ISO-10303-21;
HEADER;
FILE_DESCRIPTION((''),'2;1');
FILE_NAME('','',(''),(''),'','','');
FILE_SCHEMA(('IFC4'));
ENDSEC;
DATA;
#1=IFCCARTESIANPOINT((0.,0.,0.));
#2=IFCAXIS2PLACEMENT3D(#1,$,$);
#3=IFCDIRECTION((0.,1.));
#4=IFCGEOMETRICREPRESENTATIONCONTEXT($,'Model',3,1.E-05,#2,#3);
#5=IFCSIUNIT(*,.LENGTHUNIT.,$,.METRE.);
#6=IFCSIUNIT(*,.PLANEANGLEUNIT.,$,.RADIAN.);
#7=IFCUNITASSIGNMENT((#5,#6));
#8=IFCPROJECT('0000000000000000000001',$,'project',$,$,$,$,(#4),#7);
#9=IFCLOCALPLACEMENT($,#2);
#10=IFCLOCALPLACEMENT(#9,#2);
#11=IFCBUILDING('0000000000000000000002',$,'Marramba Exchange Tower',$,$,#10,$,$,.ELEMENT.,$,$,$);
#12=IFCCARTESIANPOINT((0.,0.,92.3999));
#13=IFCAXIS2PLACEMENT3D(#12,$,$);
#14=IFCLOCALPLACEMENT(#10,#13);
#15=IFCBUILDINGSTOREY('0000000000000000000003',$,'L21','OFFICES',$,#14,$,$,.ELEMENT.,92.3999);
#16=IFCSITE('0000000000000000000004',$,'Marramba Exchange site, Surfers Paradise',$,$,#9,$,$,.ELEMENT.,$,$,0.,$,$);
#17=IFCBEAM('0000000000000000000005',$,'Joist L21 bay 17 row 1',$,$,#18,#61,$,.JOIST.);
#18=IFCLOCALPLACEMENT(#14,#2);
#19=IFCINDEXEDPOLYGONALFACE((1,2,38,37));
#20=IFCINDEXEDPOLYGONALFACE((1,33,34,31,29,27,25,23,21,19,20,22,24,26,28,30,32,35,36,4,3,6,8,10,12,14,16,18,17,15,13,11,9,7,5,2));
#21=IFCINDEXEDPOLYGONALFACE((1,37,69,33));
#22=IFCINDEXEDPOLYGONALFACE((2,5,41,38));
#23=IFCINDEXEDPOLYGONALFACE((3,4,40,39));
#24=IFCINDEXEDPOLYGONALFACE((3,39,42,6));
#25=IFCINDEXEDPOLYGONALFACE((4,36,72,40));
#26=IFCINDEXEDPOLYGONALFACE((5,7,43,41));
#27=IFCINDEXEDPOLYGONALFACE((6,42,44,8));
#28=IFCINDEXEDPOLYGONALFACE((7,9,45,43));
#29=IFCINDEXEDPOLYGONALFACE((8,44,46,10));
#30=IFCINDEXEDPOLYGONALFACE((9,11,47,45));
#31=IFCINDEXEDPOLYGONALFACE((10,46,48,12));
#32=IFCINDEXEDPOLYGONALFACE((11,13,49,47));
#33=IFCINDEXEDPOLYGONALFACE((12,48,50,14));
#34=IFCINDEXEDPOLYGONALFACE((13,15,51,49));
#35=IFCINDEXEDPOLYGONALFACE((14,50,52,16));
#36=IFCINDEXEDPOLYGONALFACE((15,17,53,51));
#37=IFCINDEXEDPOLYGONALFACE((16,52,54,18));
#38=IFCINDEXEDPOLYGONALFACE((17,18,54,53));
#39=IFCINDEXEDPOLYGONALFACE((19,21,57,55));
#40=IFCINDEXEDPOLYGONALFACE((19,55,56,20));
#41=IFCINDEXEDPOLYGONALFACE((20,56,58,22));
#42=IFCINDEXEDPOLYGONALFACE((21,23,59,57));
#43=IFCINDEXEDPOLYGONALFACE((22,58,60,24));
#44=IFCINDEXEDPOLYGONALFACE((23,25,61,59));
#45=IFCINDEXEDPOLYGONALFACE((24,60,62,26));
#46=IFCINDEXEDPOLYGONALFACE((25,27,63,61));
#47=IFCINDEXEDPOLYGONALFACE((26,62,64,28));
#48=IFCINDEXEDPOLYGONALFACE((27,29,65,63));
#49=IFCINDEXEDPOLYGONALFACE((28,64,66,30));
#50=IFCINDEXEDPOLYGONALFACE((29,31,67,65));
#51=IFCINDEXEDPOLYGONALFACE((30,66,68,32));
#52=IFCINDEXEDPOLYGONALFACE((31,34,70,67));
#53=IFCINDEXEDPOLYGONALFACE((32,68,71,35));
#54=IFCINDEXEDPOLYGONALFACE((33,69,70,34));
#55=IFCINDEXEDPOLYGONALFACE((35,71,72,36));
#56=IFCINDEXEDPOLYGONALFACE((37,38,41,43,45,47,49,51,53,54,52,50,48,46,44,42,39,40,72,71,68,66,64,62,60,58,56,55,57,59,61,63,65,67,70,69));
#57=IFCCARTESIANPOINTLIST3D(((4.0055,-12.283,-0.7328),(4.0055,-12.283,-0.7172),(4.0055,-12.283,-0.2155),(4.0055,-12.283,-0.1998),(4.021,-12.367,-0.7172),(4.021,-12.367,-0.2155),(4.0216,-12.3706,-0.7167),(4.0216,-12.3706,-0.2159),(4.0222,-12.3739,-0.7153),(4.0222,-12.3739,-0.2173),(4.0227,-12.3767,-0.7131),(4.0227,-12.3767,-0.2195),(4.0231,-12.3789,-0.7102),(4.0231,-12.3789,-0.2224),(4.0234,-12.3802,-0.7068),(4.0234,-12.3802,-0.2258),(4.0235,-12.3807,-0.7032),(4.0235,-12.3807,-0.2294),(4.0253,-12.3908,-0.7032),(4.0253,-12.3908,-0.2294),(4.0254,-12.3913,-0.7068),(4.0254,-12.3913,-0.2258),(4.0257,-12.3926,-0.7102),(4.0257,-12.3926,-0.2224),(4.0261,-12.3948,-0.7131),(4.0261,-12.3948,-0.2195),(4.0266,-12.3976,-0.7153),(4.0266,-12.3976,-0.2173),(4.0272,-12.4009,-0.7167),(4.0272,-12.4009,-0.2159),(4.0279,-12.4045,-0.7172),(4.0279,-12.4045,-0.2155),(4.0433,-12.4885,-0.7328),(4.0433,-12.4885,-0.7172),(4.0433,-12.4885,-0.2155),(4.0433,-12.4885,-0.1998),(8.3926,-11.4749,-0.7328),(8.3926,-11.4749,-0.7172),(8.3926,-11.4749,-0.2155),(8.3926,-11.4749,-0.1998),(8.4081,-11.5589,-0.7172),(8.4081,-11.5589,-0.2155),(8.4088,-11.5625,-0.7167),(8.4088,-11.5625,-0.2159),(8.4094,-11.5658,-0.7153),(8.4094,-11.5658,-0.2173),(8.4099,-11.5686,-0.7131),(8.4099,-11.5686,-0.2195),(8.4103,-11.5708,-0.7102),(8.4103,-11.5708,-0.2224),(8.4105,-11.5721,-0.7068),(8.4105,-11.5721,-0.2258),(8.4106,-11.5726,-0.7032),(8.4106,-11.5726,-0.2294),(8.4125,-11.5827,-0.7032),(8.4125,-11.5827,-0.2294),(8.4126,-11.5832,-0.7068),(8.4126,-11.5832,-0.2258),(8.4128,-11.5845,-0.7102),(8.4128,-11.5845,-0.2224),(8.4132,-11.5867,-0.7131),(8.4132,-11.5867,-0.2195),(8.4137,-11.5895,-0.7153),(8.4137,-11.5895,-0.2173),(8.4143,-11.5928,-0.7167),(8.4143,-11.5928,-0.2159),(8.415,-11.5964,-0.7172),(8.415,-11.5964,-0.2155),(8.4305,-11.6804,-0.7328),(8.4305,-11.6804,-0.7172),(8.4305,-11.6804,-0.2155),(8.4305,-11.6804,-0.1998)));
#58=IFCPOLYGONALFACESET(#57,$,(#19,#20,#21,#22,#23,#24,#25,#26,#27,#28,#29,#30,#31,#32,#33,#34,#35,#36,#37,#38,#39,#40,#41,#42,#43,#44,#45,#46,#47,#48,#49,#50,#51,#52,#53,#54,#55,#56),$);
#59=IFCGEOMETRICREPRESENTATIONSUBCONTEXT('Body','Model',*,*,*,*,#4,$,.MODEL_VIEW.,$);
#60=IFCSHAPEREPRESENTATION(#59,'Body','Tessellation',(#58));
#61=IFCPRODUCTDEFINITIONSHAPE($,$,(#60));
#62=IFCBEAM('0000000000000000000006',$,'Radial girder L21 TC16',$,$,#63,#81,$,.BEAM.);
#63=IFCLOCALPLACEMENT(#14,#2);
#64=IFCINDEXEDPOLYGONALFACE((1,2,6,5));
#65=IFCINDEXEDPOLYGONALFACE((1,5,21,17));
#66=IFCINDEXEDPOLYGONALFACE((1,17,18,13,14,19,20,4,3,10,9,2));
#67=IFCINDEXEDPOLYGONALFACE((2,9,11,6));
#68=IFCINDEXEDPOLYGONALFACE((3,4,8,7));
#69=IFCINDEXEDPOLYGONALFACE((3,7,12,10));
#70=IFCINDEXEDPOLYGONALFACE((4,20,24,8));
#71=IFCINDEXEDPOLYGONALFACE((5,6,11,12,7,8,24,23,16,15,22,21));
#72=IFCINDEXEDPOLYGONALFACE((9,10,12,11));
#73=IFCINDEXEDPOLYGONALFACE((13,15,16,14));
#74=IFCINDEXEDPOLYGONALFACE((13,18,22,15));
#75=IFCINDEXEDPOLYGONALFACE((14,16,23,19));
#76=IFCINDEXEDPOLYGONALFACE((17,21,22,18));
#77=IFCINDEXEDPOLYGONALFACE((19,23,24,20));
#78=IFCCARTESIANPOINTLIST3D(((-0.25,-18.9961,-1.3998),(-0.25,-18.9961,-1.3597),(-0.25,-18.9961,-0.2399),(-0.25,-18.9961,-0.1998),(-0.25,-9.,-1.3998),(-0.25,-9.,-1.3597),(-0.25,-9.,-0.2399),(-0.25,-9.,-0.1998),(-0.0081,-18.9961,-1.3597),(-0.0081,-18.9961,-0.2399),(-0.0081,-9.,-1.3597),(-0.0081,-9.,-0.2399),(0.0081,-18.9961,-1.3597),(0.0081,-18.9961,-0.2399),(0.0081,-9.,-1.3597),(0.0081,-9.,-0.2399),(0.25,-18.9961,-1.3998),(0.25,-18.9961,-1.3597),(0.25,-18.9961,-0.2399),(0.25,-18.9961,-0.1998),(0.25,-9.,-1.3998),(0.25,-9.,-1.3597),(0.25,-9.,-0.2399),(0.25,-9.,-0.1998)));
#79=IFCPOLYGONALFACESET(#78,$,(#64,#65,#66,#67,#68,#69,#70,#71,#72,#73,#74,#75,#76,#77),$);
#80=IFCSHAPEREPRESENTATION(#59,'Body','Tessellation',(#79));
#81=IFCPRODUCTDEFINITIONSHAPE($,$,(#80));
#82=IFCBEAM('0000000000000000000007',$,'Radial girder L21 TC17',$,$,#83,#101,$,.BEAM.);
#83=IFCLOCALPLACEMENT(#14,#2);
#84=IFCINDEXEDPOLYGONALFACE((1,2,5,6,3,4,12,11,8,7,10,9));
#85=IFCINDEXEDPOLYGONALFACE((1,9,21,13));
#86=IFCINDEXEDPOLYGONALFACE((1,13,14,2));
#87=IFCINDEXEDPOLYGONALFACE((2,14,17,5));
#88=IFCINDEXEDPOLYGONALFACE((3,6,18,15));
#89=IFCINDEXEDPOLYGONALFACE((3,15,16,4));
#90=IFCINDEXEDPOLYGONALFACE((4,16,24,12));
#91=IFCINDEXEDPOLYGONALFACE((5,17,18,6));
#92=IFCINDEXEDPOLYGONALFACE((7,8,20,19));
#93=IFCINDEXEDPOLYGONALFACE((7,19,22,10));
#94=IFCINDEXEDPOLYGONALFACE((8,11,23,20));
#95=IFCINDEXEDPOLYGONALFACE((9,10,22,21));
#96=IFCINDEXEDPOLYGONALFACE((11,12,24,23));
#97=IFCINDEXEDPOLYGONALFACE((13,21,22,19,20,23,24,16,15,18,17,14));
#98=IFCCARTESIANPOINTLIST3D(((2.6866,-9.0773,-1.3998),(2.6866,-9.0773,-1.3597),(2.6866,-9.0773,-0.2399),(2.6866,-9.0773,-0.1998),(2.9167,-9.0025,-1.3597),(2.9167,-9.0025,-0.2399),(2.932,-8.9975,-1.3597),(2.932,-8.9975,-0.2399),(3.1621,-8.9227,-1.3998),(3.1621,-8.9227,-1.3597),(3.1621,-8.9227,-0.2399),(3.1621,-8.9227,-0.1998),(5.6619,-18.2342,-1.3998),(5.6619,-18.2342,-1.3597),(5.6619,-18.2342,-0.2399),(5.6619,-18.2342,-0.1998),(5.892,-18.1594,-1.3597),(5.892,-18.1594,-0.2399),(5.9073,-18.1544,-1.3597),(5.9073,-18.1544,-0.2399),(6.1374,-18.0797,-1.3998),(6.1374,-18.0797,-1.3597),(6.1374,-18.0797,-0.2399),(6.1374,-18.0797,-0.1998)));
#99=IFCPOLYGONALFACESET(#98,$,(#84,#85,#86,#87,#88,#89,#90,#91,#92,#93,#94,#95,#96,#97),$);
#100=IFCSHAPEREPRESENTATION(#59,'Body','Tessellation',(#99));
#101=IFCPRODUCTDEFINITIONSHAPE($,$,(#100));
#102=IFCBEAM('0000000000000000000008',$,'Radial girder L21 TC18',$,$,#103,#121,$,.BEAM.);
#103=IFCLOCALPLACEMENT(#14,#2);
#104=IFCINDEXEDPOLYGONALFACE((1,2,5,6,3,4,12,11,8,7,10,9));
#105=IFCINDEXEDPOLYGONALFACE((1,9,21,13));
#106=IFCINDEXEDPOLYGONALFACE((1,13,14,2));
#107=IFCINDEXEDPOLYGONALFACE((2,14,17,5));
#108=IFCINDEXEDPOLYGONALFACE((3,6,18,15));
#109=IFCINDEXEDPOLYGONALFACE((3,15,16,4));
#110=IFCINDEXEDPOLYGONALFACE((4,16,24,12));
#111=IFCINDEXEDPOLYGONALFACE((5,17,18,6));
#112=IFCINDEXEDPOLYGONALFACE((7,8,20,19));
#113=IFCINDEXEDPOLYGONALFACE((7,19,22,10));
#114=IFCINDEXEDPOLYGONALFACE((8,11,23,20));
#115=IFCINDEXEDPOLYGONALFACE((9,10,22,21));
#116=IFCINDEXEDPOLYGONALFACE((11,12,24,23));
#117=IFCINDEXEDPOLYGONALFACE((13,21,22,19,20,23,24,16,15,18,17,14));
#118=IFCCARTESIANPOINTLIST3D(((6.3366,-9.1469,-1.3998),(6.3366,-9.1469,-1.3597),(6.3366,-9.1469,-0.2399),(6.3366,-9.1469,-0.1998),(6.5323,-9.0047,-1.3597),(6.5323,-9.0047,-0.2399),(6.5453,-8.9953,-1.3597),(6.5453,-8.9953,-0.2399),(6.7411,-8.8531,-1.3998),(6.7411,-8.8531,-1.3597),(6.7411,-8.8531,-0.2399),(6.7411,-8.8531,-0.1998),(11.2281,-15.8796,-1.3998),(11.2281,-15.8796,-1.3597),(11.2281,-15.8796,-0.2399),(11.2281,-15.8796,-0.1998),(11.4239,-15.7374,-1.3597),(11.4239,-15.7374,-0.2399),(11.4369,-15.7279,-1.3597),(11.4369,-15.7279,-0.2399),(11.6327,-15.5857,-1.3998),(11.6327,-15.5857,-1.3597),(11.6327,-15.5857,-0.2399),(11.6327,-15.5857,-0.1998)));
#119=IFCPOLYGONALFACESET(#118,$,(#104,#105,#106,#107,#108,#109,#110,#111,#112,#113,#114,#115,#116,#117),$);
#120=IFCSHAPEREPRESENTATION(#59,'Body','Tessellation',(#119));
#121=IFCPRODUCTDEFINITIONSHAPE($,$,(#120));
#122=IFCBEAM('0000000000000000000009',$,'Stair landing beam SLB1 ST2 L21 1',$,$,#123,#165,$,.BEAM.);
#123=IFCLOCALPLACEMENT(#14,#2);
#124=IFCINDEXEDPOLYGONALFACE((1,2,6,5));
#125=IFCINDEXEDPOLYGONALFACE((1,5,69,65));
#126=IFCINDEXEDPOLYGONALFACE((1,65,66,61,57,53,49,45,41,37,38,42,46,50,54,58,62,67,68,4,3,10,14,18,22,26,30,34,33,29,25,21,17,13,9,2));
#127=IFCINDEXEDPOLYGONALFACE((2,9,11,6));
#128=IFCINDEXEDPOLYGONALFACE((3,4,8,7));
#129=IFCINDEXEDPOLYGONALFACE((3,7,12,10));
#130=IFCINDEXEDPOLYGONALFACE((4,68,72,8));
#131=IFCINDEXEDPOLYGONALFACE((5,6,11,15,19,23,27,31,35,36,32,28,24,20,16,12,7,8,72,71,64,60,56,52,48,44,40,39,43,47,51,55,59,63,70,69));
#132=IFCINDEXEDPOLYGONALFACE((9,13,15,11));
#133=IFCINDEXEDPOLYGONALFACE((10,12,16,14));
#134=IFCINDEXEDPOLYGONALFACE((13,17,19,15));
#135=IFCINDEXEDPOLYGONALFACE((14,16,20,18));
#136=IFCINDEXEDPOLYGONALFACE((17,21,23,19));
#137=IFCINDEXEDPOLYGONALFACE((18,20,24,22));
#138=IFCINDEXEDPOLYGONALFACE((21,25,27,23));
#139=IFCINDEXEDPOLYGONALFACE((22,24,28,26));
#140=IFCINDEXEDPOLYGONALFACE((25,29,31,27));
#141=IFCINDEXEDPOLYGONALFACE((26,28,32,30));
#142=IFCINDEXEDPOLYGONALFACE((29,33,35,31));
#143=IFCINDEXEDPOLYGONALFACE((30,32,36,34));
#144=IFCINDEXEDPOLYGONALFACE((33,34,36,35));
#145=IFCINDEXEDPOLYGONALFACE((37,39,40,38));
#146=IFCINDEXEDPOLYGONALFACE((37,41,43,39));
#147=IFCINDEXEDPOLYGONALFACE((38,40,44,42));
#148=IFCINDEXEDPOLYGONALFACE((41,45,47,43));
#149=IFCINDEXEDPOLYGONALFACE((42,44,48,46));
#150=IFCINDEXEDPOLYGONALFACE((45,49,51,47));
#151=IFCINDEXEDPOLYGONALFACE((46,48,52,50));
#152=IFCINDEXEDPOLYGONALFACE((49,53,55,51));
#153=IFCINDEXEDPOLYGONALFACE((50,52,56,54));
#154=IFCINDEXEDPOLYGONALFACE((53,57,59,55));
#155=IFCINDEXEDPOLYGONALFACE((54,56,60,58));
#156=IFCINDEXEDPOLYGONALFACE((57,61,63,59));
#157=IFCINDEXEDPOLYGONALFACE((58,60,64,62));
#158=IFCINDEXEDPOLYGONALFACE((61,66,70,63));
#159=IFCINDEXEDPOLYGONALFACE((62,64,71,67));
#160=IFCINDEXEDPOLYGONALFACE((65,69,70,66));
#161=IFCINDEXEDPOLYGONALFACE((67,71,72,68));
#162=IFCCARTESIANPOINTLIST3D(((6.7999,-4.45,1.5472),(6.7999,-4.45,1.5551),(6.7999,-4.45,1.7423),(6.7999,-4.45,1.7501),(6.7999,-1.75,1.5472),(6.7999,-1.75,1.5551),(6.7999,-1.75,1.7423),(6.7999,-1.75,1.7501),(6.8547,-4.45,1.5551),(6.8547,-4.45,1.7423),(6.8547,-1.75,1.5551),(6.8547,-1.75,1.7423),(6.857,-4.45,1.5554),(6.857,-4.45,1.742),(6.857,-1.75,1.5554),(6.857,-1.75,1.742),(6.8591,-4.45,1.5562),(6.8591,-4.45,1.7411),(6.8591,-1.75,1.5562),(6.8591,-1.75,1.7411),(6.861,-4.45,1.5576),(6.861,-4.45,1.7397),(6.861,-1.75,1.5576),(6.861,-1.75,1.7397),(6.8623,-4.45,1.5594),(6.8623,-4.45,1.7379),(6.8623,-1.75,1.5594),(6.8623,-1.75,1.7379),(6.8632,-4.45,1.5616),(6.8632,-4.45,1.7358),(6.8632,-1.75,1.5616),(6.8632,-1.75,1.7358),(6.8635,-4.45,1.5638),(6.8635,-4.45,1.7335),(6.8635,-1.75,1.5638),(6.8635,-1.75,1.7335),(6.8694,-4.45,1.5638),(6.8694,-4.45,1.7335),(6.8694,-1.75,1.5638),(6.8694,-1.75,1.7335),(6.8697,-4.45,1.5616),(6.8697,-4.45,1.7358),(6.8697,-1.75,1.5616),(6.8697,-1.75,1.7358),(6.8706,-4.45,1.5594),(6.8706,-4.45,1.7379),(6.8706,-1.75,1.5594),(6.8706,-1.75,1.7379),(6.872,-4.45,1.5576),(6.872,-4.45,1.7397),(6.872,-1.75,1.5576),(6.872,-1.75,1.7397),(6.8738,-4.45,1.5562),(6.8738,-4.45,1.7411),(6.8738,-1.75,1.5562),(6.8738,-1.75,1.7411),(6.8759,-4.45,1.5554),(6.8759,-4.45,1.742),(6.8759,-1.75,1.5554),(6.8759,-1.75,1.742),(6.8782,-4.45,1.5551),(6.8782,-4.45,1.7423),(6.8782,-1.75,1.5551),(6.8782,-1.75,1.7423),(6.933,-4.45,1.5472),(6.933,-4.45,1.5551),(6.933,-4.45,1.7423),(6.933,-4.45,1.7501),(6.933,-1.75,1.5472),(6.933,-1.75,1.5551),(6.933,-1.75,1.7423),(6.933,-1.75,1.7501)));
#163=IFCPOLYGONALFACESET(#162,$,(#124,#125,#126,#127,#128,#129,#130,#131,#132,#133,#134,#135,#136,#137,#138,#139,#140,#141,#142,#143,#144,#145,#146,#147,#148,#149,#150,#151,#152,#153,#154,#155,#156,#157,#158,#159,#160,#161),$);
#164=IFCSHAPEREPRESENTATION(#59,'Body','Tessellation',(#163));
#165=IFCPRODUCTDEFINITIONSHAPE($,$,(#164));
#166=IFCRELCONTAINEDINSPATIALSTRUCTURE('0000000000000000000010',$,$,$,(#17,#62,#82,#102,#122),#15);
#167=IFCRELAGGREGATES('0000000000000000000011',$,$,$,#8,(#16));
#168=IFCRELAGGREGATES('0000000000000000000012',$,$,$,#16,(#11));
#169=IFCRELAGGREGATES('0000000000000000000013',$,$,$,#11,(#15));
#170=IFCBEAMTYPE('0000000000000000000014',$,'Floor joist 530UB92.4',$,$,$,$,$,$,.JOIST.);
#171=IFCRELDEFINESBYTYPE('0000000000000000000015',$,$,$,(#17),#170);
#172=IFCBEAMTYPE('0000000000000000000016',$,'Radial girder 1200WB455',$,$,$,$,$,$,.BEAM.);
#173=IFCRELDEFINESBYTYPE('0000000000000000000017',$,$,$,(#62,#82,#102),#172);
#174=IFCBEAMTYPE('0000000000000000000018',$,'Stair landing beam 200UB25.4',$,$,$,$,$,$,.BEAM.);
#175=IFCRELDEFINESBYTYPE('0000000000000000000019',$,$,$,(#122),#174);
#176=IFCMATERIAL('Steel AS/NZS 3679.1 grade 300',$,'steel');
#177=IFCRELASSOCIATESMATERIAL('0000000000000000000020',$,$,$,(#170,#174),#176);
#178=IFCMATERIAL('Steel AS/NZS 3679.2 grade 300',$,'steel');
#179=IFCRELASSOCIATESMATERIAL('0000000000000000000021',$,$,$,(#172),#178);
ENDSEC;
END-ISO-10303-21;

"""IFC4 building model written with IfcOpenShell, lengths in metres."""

from ifc_helpers import new_model, si_unit, direction, frame, origin, origin_2d, place, context, subcontext, project, spatial, i_section, extrude, material, material_profile, profile_set, type_object, element, save


model = new_model("IFC4")

# Units and contexts
model_context = context("Model", 3, precision=1e-05, world=origin(), true_north=direction((0.0, 1.0)))
body_context = subcontext(model_context, "Body", "Model", "MODEL_VIEW")
ifc_project = project(units=[si_unit("LENGTHUNIT", "METRE"), si_unit("PLANEANGLEUNIT", "RADIAN")], contexts=[model_context])

# Site, building, storey
site_placement = place(None, origin())
site = spatial("IfcSite", under=ifc_project, at=site_placement, Name="Marramba Exchange site, Surfers Paradise", CompositionType="ELEMENT", RefElevation=0.0)
building_placement = place(site_placement, origin())
building = spatial("IfcBuilding", under=site, at=building_placement, Name="Marramba Exchange Tower", CompositionType="ELEMENT")
storey_placement = place(building_placement, frame((0.0, 0.0, 92.3999)))
storey = spatial("IfcBuildingStorey", under=building, at=storey_placement, Name="L21", Description="OFFICES", CompositionType="ELEMENT", Elevation=92.3999)

# Beams
ifc_material_1 = material(Name="Steel AS/NZS 3679.1 grade 300", Category="steel")
ifc_material_profile_1 = material_profile(ifc_material_1, i_section(OverallWidth=0.209, OverallDepth=0.533, WebThickness=0.0103, FlangeThickness=0.0156, FilletRadius=0.0139, at=origin_2d()), Name="530UB92.4")
ifc_profile_set_1 = profile_set([ifc_material_profile_1], Name="Steel AS/NZS 3679.1 grade 300")
beam_type_1 = type_object("IfcBeamType", Name="Floor joist 530UB92.4", PredefinedType="JOIST", material=ifc_profile_set_1)
beam_1_placement = place(storey_placement, frame((4.0244, -12.3857, -0.4663), z_axis=(0.983456, 0.181149, 0.0), x_axis=(-0.181149, 0.983456, 0.0)))
element("IfcBeam", 1, at=beam_1_placement, inside=storey, type_object=beam_type_1, Name="Joist L21 bay 17 row 1", PredefinedType="JOIST", context=body_context, shape_type="SweptSolid", body=[
    extrude(i_section(OverallWidth=0.209, OverallDepth=0.533, WebThickness=0.0103, FlangeThickness=0.0156, FilletRadius=0.0139, at=origin_2d()), origin(), (0.0, 0.0, 1.0), 4.4609),
])
ifc_material_2 = material(Name="Steel AS/NZS 3679.2 grade 300", Category="steel")
ifc_material_profile_2 = material_profile(ifc_material_2, i_section(OverallWidth=0.5, OverallDepth=1.2, WebThickness=0.0161, FlangeThickness=0.04, at=origin_2d()), Name="1200WB455")
ifc_profile_set_2 = profile_set([ifc_material_profile_2], Name="Steel AS/NZS 3679.2 grade 300")
beam_type_2 = type_object("IfcBeamType", Name="Radial girder 1200WB455", PredefinedType="BEAM", material=ifc_profile_set_2)
beam_2_placement = place(storey_placement, frame((0.0, -9.0, -0.7998), z_axis=(0.0, -1.0, 0.0), x_axis=(1.0, 0.0, 0.0)))
element("IfcBeam", 2, at=beam_2_placement, inside=storey, type_object=beam_type_2, Name="Radial girder L21 TC16", PredefinedType="BEAM", context=body_context, shape_type="SweptSolid", body=[
    extrude(i_section(OverallWidth=0.5, OverallDepth=1.2, WebThickness=0.0161, FlangeThickness=0.04, at=origin_2d()), origin(), (0.0, 0.0, 1.0), 9.9961),
])
beam_3_placement = place(storey_placement, frame((2.9243, -9.0, -0.7998), z_axis=(0.309022, -0.951055, 0.0), x_axis=(0.951055, 0.309022, 0.0)))
element("IfcBeam", 3, at=beam_3_placement, inside=storey, type_object=beam_type_2, Name="Radial girder L21 TC17", PredefinedType="BEAM", context=body_context, shape_type="SweptSolid", body=[
    extrude(i_section(OverallWidth=0.5, OverallDepth=1.2, WebThickness=0.0161, FlangeThickness=0.04, at=origin_2d()), origin(), (0.0, 0.0, 1.0), 9.6282),
])
beam_4_placement = place(storey_placement, frame((6.5388, -9.0, -0.7998), z_axis=(0.587788, -0.809015, 0.0), x_axis=(0.809015, 0.587788, 0.0)))
element("IfcBeam", 4, at=beam_4_placement, inside=storey, type_object=beam_type_2, Name="Radial girder L21 TC18", PredefinedType="BEAM", context=body_context, shape_type="SweptSolid", body=[
    extrude(i_section(OverallWidth=0.5, OverallDepth=1.2, WebThickness=0.0161, FlangeThickness=0.04, at=origin_2d()), origin(), (0.0, 0.0, 1.0), 8.322),
])
ifc_material_profile_3 = material_profile(ifc_material_1, i_section(OverallWidth=0.1331, OverallDepth=0.2029, WebThickness=0.0059, FlangeThickness=0.0078, FilletRadius=0.0088, at=origin_2d()), Name="200UB25.4")
ifc_profile_set_3 = profile_set([ifc_material_profile_3], Name="Steel AS/NZS 3679.1 grade 300")
beam_type_3 = type_object("IfcBeamType", Name="Stair landing beam 200UB25.4", PredefinedType="BEAM", material=ifc_profile_set_3)
for number, where, z_axis, x_axis, name in (
    (5, (6.8665, -4.45, 1.6487), (0.0, 1.0, 0.0), (-1.0, 0.0, 0.0), "Stair landing beam SLB1 ST2 L21 1"),
):
    element("IfcBeam", number, at=place(storey_placement, frame(where, z_axis=z_axis, x_axis=x_axis)), inside=storey, type_object=beam_type_3, Name=name, PredefinedType="BEAM", context=body_context, shape_type="SweptSolid", body=[
        extrude(i_section(OverallWidth=0.1331, OverallDepth=0.2029, WebThickness=0.0059, FlangeThickness=0.0078, FilletRadius=0.0088, at=origin_2d()), origin(), (0.0, 0.0, 1.0), 2.7),
    ])

save(model, "model.ifc")
